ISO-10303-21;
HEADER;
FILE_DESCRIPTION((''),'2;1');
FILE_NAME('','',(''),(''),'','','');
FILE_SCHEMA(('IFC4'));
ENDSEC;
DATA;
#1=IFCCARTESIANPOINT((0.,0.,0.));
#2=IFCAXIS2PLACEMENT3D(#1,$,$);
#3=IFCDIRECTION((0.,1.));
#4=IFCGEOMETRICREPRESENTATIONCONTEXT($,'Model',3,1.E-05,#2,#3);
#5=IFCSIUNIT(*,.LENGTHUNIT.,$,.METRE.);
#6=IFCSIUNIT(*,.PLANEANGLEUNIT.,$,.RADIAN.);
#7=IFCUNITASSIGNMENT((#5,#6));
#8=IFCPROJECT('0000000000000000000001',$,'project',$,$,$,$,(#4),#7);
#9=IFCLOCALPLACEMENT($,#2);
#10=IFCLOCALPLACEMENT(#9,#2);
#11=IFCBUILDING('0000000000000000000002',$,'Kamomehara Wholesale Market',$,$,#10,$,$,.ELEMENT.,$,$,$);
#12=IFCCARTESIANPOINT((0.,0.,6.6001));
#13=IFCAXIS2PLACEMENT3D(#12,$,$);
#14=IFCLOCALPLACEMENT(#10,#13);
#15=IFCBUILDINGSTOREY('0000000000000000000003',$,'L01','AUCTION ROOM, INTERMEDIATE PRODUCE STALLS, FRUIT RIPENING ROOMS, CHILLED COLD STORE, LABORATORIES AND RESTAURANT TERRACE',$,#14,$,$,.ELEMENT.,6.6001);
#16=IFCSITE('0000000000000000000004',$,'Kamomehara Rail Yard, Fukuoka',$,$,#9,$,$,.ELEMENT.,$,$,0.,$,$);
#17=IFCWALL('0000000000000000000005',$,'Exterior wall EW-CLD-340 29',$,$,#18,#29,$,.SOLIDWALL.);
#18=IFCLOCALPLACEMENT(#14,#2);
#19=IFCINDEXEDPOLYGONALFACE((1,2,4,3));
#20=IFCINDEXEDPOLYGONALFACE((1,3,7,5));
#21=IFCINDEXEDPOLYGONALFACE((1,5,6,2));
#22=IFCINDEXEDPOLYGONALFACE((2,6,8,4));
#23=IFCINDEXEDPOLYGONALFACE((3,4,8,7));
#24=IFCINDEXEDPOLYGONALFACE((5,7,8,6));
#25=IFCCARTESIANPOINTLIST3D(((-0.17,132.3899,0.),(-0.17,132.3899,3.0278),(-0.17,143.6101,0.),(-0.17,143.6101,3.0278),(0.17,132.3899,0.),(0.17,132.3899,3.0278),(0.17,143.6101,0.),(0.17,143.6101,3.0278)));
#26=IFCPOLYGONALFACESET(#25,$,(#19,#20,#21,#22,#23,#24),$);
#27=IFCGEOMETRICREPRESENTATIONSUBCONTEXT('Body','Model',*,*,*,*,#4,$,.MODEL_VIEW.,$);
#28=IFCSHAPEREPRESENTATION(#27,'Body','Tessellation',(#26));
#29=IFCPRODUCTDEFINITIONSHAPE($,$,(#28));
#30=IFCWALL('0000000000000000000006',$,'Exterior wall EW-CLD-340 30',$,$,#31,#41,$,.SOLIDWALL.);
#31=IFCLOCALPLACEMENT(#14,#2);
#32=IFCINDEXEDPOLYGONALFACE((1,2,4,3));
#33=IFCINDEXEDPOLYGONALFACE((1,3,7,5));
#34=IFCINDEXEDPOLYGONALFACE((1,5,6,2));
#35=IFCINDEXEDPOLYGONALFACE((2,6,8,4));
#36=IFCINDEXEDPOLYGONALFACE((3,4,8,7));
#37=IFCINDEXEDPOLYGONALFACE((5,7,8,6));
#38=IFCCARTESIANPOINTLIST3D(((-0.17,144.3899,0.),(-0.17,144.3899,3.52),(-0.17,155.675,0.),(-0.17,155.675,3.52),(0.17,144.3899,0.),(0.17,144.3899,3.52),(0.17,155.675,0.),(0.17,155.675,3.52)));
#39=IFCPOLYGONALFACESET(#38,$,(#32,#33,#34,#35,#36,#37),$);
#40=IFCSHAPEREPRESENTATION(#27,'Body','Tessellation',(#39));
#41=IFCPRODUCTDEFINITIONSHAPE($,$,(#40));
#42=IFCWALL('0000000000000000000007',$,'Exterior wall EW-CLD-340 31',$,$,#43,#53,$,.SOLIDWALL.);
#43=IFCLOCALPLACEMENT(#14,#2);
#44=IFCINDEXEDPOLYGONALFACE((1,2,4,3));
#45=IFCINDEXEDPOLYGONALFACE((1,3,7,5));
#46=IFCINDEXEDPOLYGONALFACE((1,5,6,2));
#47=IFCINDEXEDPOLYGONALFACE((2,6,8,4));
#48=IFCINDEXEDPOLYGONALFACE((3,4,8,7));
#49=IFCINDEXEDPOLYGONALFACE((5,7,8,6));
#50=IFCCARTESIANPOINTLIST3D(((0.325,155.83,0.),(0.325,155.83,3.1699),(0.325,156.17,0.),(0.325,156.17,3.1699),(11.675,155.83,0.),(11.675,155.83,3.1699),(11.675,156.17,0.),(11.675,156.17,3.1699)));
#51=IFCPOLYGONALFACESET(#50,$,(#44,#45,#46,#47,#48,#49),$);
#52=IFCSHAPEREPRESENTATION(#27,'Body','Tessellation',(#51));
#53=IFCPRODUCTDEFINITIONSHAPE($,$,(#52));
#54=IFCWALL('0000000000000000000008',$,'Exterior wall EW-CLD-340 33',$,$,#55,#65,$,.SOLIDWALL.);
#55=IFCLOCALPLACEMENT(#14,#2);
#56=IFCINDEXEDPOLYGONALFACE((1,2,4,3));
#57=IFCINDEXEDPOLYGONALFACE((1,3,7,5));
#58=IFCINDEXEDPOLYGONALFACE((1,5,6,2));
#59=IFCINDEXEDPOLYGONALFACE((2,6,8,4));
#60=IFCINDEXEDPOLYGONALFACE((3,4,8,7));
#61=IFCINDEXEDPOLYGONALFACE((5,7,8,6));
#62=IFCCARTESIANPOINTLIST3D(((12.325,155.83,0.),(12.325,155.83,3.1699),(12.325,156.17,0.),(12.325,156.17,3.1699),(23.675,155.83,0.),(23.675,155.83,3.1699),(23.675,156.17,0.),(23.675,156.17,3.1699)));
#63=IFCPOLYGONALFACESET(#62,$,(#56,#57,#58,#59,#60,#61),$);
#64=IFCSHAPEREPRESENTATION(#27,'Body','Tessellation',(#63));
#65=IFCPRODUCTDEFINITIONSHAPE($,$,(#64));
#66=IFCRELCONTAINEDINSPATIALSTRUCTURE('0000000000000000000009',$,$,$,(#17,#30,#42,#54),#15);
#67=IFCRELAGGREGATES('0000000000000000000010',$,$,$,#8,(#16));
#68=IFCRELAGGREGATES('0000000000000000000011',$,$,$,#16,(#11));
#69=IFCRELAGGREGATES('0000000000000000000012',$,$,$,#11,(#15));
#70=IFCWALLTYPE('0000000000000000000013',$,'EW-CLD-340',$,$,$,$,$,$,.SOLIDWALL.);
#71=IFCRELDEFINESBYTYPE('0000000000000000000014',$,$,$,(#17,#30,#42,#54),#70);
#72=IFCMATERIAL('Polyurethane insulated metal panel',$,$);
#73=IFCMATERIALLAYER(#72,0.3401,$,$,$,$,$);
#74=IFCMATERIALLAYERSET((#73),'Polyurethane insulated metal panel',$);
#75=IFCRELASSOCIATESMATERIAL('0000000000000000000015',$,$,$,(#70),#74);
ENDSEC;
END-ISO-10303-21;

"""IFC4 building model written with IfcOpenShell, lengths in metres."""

from ifc_helpers import new_model, si_unit, direction, frame, frame_2d, origin, place, context, subcontext, project, spatial, rectangle, extrude, material, layer, layer_set, type_object, element, save


model = new_model("IFC4")

# Units and contexts
model_context = context("Model", 3, precision=1e-05, world=origin(), true_north=direction((0.0, 1.0)))
body_context = subcontext(model_context, "Body", "Model", "MODEL_VIEW")
ifc_project = project(units=[si_unit("LENGTHUNIT", "METRE"), si_unit("PLANEANGLEUNIT", "RADIAN")], contexts=[model_context])

# Site, building, storey
site_placement = place(None, origin())
site = spatial("IfcSite", under=ifc_project, at=site_placement, Name="Kamomehara Rail Yard, Fukuoka", CompositionType="ELEMENT", RefElevation=0.0)
building_placement = place(site_placement, origin())
building = spatial("IfcBuilding", under=site, at=building_placement, Name="Kamomehara Wholesale Market", CompositionType="ELEMENT")
storey_placement = place(building_placement, frame((0.0, 0.0, 6.6001)))
storey = spatial("IfcBuildingStorey", under=building, at=storey_placement, Name="L01", Description="AUCTION ROOM, INTERMEDIATE PRODUCE STALLS, FRUIT RIPENING ROOMS, CHILLED COLD STORE, LABORATORIES AND RESTAURANT TERRACE", CompositionType="ELEMENT", Elevation=6.6001)

# Walls
ifc_material_1 = material(Name="Polyurethane insulated metal panel")
ifc_layer = layer(ifc_material_1, 0.3401)
ifc_layer_set = layer_set([ifc_layer], Name="Polyurethane insulated metal panel")
wall_type = type_object("IfcWallType", Name="EW-CLD-340", PredefinedType="SOLIDWALL", material=ifc_layer_set)
wall_1_placement = place(storey_placement, frame((0.0, 132.3899, 0.0), z_axis=(0.0, 0.0, 1.0), x_axis=(0.0, 1.0, 0.0)))
element("IfcWall", 1, at=wall_1_placement, inside=storey, type_object=wall_type, Name="Exterior wall EW-CLD-340 29", PredefinedType="SOLIDWALL", context=body_context, shape_type="SweptSolid", body=[
    extrude(rectangle(XDim=11.2202, YDim=0.3401, at=frame_2d((5.6101, 0.0))), origin(), (0.0, 0.0, 1.0), 3.0278),
])
wall_2_placement = place(storey_placement, frame((0.0, 144.3899, 0.0), z_axis=(0.0, 0.0, 1.0), x_axis=(0.0, 1.0, 0.0)))
element("IfcWall", 2, at=wall_2_placement, inside=storey, type_object=wall_type, Name="Exterior wall EW-CLD-340 30", PredefinedType="SOLIDWALL", context=body_context, shape_type="SweptSolid", body=[
    extrude(rectangle(XDim=11.2852, YDim=0.3401, at=frame_2d((5.6426, 0.0))), origin(), (0.0, 0.0, 1.0), 3.52),
])
for number, where, z_axis, x_axis, name in (
    (3, (0.325, 156.0, 0.0), (0.0, 0.0, 1.0), (1.0, 0.0, 0.0), "Exterior wall EW-CLD-340 31"),
    (4, (12.325, 156.0, 0.0), (0.0, 0.0, 1.0), (1.0, 0.0, 0.0), "Exterior wall EW-CLD-340 33"),
):
    element("IfcWall", number, at=place(storey_placement, frame(where, z_axis=z_axis, x_axis=x_axis)), inside=storey, type_object=wall_type, Name=name, PredefinedType="SOLIDWALL", context=body_context, shape_type="SweptSolid", body=[
        extrude(rectangle(XDim=11.3501, YDim=0.3401, at=frame_2d((5.675, 0.0))), origin(), (0.0, 0.0, 1.0), 3.1699),
    ])

save(model, "model.ifc")
